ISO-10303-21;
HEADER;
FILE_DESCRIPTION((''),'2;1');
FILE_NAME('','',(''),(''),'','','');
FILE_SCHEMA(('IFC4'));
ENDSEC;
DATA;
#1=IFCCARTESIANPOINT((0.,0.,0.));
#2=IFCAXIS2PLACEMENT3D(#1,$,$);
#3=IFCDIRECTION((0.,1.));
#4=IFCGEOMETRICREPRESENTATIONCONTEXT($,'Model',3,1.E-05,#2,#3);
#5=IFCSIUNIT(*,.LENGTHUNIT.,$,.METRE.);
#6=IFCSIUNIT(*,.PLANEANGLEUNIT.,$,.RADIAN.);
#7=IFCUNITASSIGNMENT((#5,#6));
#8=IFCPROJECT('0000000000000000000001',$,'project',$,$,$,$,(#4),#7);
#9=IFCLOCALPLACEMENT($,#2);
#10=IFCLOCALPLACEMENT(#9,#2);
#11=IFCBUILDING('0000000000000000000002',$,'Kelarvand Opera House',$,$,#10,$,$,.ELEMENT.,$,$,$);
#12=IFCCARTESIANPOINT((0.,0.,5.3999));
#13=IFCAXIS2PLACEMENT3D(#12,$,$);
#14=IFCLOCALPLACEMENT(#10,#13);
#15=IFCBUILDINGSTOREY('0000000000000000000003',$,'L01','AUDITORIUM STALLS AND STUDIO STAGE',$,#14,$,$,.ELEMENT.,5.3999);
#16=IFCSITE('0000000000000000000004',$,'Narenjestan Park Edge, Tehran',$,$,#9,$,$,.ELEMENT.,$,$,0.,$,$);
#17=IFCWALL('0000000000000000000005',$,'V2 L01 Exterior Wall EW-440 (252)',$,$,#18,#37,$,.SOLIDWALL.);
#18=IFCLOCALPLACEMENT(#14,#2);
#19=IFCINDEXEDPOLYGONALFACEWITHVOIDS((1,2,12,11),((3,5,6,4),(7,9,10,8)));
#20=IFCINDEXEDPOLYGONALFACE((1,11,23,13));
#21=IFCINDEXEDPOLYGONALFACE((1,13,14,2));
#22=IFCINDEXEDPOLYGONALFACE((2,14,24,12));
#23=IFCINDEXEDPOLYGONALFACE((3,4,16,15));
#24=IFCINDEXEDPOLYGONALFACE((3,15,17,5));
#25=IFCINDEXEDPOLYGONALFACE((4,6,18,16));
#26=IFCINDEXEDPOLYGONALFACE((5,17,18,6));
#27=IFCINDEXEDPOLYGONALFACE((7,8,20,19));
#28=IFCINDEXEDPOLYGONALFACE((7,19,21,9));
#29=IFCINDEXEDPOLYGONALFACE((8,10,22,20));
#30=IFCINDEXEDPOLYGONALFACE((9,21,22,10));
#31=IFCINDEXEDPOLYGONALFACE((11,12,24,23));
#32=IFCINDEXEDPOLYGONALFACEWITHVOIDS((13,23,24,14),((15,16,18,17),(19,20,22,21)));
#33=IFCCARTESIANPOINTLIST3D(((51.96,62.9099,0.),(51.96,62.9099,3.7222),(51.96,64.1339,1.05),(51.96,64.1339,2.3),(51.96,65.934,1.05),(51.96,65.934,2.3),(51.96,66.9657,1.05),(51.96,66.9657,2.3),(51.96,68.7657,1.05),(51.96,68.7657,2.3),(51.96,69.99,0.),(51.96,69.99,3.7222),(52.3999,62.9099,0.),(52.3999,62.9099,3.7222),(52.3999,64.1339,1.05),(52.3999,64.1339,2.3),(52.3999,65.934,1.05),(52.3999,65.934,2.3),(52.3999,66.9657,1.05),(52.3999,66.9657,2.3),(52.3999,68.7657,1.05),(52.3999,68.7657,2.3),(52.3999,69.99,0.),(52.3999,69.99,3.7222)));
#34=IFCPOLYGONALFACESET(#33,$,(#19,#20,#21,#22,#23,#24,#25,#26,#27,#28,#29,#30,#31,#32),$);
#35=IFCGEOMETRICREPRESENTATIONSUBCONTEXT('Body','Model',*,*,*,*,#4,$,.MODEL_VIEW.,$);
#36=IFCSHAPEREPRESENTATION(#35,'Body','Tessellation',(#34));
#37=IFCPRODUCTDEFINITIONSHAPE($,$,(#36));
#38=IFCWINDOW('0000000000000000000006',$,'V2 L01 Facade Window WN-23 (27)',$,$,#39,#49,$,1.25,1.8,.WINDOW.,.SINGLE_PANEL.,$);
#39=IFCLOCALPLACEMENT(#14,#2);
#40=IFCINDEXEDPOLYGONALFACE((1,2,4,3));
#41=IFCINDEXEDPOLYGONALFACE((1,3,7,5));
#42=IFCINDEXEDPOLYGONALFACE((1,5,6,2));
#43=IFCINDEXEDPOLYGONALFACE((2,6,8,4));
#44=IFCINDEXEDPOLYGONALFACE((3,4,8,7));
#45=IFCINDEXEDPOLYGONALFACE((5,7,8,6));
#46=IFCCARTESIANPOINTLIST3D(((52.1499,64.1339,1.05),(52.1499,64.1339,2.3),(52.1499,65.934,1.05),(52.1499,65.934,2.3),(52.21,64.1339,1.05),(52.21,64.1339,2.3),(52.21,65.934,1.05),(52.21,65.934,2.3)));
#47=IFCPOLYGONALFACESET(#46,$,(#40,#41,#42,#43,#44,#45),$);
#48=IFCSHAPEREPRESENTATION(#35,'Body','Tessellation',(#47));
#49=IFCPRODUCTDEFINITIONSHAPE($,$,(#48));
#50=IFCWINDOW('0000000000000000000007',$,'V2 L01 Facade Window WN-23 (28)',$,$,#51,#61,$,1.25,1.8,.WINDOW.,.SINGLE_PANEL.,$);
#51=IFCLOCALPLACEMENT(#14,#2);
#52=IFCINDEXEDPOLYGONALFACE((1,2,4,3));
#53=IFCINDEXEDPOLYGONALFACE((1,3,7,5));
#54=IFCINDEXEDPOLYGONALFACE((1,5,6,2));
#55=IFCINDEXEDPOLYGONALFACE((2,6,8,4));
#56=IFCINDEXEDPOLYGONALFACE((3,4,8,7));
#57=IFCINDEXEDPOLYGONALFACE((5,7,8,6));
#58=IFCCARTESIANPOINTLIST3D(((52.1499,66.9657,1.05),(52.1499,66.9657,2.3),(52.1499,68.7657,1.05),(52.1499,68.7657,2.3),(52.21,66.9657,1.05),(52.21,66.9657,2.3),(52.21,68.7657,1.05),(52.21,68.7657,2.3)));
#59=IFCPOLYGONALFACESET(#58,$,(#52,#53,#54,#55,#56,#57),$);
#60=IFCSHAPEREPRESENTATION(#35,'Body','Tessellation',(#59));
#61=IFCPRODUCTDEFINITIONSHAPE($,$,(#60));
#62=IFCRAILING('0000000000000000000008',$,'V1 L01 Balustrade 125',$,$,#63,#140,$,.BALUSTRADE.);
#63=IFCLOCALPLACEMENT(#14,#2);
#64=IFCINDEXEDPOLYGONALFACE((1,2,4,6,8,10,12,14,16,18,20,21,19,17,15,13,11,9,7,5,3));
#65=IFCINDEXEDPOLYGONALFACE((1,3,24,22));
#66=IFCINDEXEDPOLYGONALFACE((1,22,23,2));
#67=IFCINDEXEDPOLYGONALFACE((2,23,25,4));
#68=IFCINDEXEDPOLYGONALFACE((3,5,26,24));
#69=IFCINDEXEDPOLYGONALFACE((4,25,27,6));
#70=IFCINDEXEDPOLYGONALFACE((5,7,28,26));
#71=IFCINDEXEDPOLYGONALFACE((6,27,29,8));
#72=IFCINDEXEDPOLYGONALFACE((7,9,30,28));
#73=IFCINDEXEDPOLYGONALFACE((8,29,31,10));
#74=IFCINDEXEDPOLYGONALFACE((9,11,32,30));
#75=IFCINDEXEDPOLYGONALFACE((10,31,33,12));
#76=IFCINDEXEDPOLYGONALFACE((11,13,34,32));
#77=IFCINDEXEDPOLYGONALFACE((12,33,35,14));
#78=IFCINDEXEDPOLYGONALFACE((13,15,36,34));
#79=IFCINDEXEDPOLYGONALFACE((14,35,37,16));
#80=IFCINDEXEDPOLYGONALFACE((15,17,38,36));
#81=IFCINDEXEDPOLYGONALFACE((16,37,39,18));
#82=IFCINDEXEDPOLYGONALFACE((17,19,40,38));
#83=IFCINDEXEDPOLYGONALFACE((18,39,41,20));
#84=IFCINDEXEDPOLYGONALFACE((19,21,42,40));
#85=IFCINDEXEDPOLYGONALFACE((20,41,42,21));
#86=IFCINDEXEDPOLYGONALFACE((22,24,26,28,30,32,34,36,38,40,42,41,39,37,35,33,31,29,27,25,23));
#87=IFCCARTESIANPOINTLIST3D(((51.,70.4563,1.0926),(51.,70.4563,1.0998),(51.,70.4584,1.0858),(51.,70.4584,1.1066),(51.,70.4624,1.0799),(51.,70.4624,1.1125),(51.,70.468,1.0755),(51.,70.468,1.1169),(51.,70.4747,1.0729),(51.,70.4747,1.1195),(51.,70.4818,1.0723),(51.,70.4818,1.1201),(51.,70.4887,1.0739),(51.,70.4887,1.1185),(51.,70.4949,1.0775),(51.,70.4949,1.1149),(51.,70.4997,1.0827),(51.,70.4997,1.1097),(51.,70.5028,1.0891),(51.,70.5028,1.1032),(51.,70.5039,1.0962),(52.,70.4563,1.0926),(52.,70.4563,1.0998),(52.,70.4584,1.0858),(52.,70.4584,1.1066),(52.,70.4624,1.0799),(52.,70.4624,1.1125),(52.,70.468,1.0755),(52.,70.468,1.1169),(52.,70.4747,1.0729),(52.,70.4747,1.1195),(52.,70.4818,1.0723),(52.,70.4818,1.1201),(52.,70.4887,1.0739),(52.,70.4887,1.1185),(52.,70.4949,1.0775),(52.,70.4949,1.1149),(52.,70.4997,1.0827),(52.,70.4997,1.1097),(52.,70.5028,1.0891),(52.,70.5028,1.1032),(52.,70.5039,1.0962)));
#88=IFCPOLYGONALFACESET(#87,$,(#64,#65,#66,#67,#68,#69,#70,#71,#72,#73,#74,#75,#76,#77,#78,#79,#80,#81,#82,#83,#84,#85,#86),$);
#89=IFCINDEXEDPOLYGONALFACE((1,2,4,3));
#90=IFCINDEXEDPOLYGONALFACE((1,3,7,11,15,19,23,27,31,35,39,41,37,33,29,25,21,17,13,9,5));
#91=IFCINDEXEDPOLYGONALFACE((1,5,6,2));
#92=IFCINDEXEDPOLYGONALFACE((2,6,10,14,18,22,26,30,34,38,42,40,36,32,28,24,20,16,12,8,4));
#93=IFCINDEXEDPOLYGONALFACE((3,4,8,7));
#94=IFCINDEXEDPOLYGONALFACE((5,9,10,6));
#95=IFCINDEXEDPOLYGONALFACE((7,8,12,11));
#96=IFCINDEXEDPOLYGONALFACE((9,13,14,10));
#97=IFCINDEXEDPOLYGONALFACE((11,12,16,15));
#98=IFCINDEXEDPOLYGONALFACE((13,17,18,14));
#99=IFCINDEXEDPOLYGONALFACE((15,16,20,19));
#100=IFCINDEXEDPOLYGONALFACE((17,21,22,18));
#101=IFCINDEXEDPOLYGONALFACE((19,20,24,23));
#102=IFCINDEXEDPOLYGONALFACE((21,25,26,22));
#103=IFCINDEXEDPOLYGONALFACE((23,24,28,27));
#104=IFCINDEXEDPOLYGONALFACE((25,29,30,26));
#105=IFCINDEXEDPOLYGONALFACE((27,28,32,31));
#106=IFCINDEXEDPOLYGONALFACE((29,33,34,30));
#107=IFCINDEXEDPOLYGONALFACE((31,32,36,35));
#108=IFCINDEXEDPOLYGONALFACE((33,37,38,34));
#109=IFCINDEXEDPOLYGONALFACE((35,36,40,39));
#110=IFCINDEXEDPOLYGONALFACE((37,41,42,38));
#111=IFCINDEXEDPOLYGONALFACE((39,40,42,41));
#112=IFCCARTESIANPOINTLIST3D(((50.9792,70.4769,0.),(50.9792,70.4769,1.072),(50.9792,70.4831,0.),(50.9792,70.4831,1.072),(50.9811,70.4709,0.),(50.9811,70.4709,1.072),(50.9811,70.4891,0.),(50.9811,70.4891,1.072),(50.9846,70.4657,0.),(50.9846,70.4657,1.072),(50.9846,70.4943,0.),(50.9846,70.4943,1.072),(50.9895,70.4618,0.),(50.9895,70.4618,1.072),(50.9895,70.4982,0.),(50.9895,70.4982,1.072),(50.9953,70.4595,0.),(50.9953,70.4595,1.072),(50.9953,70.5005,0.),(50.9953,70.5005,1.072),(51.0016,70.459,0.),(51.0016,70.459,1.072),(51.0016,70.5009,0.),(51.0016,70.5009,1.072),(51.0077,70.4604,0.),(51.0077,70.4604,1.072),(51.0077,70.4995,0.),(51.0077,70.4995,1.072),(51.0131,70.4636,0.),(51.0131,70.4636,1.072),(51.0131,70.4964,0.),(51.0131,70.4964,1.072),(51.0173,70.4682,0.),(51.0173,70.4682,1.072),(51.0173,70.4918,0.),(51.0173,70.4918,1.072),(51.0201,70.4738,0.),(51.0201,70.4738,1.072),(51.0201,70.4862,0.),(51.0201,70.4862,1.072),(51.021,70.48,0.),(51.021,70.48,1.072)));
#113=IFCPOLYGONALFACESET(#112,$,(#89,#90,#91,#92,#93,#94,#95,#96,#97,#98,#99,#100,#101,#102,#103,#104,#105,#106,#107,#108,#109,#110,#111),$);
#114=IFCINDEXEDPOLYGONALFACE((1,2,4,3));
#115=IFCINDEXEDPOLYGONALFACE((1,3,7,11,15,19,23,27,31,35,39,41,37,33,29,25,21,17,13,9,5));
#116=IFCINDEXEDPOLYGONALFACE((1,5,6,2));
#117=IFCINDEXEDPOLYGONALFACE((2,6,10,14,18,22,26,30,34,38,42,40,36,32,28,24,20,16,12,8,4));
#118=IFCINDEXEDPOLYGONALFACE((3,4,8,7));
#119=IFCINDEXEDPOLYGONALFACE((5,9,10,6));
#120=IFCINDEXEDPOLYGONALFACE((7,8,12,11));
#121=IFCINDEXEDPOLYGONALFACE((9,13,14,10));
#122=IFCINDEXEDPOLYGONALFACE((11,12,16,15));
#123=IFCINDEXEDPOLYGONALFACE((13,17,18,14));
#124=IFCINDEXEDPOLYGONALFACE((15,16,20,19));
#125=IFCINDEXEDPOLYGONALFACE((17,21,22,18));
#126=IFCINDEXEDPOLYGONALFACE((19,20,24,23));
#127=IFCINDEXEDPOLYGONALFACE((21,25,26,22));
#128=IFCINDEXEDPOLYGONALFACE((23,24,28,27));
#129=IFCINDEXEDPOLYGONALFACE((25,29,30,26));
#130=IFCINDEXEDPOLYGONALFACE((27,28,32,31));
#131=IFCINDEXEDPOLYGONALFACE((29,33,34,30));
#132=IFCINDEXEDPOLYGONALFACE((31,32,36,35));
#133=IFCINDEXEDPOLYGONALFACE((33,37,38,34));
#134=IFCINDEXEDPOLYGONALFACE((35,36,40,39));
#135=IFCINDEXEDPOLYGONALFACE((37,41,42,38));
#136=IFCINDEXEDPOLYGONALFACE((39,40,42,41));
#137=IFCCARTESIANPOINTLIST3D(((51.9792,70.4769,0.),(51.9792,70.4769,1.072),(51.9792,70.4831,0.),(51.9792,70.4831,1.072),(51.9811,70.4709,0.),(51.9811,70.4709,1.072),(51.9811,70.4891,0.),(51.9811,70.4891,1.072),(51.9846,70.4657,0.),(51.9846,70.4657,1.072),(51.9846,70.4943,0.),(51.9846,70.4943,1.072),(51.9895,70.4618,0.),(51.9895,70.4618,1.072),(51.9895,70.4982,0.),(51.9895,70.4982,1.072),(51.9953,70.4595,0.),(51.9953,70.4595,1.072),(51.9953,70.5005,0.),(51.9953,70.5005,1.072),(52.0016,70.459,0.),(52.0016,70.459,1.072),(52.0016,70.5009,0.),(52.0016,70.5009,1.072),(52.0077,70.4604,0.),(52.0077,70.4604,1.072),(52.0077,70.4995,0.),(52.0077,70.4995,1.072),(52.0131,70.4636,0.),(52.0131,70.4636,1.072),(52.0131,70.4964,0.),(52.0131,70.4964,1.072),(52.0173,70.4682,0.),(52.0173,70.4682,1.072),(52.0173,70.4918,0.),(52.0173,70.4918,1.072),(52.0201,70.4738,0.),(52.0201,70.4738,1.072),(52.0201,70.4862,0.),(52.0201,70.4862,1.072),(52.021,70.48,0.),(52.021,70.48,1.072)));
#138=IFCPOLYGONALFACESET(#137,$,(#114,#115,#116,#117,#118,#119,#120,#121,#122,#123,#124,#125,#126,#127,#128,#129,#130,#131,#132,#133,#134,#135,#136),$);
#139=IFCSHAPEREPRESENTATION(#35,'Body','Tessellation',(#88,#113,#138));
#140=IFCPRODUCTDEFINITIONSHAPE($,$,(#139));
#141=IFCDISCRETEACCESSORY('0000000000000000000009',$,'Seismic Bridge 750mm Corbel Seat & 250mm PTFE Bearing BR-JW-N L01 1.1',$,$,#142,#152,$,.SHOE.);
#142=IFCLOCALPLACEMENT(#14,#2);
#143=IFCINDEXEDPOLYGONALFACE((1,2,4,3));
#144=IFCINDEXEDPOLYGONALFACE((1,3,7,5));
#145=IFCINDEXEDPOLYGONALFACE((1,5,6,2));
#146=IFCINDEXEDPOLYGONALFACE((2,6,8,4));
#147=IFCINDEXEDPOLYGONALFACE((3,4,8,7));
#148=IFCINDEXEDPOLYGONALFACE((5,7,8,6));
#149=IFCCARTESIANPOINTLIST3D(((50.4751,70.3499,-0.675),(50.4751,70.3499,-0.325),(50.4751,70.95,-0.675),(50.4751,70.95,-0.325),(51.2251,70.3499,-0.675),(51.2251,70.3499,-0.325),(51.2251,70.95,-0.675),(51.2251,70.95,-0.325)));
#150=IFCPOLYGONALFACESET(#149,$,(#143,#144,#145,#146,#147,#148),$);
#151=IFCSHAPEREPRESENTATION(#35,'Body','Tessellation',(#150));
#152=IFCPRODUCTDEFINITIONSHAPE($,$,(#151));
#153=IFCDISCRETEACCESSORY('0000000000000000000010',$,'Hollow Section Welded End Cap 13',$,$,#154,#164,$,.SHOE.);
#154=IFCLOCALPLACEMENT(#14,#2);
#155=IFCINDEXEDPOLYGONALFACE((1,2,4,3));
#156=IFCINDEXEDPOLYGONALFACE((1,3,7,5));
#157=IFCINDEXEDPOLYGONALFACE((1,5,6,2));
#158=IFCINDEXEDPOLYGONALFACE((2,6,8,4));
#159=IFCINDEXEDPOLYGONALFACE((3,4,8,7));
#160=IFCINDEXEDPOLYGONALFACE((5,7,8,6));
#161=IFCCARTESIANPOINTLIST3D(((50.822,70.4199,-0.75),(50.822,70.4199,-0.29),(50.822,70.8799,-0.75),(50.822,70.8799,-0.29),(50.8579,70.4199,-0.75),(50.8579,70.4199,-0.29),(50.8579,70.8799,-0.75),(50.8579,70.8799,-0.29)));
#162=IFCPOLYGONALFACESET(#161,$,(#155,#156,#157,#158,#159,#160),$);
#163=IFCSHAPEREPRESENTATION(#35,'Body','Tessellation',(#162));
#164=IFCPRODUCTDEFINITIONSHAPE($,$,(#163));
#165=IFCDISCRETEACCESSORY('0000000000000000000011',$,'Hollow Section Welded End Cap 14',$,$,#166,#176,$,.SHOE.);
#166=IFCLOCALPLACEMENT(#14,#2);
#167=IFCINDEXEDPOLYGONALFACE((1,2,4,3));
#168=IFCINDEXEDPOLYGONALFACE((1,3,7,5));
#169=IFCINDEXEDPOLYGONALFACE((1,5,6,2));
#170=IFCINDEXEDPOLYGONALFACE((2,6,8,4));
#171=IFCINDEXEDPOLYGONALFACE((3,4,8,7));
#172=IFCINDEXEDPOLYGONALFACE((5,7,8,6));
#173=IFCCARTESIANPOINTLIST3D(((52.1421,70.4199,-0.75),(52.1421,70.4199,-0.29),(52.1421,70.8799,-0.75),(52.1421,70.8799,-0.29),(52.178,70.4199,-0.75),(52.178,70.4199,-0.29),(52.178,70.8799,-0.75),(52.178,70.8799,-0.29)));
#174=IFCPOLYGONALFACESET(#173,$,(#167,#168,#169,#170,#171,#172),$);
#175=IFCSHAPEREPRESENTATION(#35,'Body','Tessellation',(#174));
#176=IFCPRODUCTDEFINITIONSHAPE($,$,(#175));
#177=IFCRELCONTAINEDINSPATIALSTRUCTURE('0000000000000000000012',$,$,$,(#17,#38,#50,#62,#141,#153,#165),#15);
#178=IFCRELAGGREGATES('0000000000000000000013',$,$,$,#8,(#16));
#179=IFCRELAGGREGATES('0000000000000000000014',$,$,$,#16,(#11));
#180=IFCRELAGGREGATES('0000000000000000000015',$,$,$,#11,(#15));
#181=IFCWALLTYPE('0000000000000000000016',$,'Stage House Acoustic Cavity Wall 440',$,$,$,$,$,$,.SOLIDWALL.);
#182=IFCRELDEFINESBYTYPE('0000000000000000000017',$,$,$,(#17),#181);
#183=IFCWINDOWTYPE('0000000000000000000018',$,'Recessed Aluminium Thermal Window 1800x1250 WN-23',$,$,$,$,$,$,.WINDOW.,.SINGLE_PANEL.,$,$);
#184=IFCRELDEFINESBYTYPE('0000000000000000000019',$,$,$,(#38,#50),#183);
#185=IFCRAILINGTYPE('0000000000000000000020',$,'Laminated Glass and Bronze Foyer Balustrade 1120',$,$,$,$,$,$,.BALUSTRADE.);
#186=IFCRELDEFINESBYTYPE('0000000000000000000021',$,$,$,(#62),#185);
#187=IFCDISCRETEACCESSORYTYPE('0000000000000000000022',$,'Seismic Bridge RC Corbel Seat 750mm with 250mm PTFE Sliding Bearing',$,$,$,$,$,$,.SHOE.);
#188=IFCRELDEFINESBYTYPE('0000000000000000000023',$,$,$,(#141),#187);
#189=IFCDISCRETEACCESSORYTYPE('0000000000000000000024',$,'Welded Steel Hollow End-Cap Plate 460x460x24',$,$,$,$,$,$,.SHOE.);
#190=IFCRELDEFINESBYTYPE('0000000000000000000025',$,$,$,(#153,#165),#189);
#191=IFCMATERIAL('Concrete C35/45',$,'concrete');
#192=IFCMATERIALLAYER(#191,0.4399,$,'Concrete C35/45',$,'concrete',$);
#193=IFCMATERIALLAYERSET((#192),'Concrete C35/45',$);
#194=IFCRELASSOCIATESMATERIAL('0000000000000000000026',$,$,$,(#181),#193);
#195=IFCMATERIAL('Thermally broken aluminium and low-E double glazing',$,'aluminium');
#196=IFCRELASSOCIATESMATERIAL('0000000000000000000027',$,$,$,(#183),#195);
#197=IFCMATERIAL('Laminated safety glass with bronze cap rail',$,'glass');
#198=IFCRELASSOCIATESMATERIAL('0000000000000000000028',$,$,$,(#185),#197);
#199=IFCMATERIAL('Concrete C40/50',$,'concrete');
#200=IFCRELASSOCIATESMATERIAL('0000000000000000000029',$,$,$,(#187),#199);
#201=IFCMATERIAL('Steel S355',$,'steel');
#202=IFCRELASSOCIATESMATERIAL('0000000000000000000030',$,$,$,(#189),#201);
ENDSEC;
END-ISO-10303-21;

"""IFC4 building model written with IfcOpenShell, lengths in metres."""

from ifc_helpers import new_model, si_unit, direction, frame, frame_2d, origin, origin_2d, place, context, subcontext, project, spatial, rectangle, circle, extrude, material, layer, layer_set, material_profile, profile_set, type_object, element, fill, save


model = new_model("IFC4")

# Units and contexts
model_context = context("Model", 3, precision=1e-05, world=origin(), true_north=direction((0.0, 1.0)))
body_context = subcontext(model_context, "Body", "Model", "MODEL_VIEW")
ifc_project = project(units=[si_unit("LENGTHUNIT", "METRE"), si_unit("PLANEANGLEUNIT", "RADIAN")], contexts=[model_context])

# Site, building, storey
site_placement = place(None, origin())
site = spatial("IfcSite", under=ifc_project, at=site_placement, Name="Narenjestan Park Edge, Tehran", CompositionType="ELEMENT", RefElevation=0.0)
building_placement = place(site_placement, origin())
building = spatial("IfcBuilding", under=site, at=building_placement, Name="Kelarvand Opera House", CompositionType="ELEMENT")
storey_placement = place(building_placement, frame((0.0, 0.0, 5.3999)))
storey = spatial("IfcBuildingStorey", under=building, at=storey_placement, Name="L01", Description="AUDITORIUM STALLS AND STUDIO STAGE", CompositionType="ELEMENT", Elevation=5.3999)

# Shared definitions
ifc_material_1 = material(Name="Concrete C40/50", Category="concrete")

# Shared definitions
ifc_material_2 = material(Name="Steel S355", Category="steel")

# Shared definitions
ifc_material_3 = material(Name="Concrete C35/45", Category="concrete")

# Wall, openings, windows
ifc_layer_1 = layer(ifc_material_3, 0.4399, Name="Concrete C35/45", Category="concrete")
ifc_layer_set_1 = layer_set([ifc_layer_1], Name="Concrete C35/45")
wall_type_1 = type_object("IfcWallType", Name="Stage House Acoustic Cavity Wall 440", PredefinedType="SOLIDWALL", material=ifc_layer_set_1)
wall_1_placement = place(storey_placement, frame((52.1799, 62.9099, 0.0), z_axis=(0.0, 0.0, 1.0), x_axis=(0.0, 1.0, 0.0)))
wall_1 = element("IfcWall", 1, at=wall_1_placement, inside=storey, type_object=wall_type_1, Name="V2 L01 Exterior Wall EW-440 (252)", PredefinedType="SOLIDWALL", context=body_context, shape_type="SweptSolid", body=[
    extrude(rectangle(XDim=7.0801, YDim=0.4399, at=frame_2d((3.54, 0.0))), origin(), (0.0, 0.0, 1.0), 3.7222),
])
opening_1_placement = place(wall_1_placement, frame((1.2241, 0.0, 1.05)))
opening_1 = element("IfcOpeningElement", 2, at=opening_1_placement, cuts=wall_1, PredefinedType="OPENING", context=body_context, shape_type="SweptSolid", body=[
    extrude(rectangle(XDim=1.8, YDim=1.25, at=frame_2d((0.8999, 0.625))), frame((0.0, 0.23, 0.0), z_axis=(0.0, -1.0, 0.0), x_axis=(1.0, 0.0, 0.0)), (0.0, 0.0, 1.0), 0.46),
])
opening_2_placement = place(wall_1_placement, frame((4.0559, 0.0, 1.05)))
opening_2 = element("IfcOpeningElement", 3, at=opening_2_placement, cuts=wall_1, PredefinedType="OPENING", context=body_context, shape_type="SweptSolid", body=[
    extrude(rectangle(XDim=1.8, YDim=1.25, at=frame_2d((0.8999, 0.625))), frame((0.0, 0.23, 0.0), z_axis=(0.0, -1.0, 0.0), x_axis=(1.0, 0.0, 0.0)), (0.0, 0.0, 1.0), 0.46),
])
ifc_material_4 = material(Name="Thermally broken aluminium and low-E double glazing", Category="aluminium")
window_type = type_object("IfcWindowType", Name="Recessed Aluminium Thermal Window 1800x1250 WN-23", PartitioningType="SINGLE_PANEL", PredefinedType="WINDOW", material=ifc_material_4)
window_1_placement = place(opening_1_placement, origin())
window_1 = element("IfcWindow", 4, at=window_1_placement, inside=storey, type_object=window_type, Name="V2 L01 Facade Window WN-23 (27)", OverallHeight=1.25, OverallWidth=1.8, PartitioningType="SINGLE_PANEL", PredefinedType="WINDOW", context=body_context, shape_type="SweptSolid", body=[
    extrude(rectangle(XDim=1.8, YDim=1.25, at=frame_2d((0.8999, 0.625))), frame((0.0, 0.03, 0.0), z_axis=(0.0, -1.0, 0.0), x_axis=(1.0, 0.0, 0.0)), (0.0, 0.0, 1.0), 0.0601),
])
fill(opening_1, window_1)
window_2_placement = place(opening_2_placement, origin())
window_2 = element("IfcWindow", 5, at=window_2_placement, inside=storey, type_object=window_type, Name="V2 L01 Facade Window WN-23 (28)", OverallHeight=1.25, OverallWidth=1.8, PartitioningType="SINGLE_PANEL", PredefinedType="WINDOW", context=body_context, shape_type="SweptSolid", body=[
    extrude(rectangle(XDim=1.8, YDim=1.25, at=frame_2d((0.8999, 0.625))), frame((0.0, 0.03, 0.0), z_axis=(0.0, -1.0, 0.0), x_axis=(1.0, 0.0, 0.0)), (0.0, 0.0, 1.0), 0.0601),
])
fill(opening_2, window_2)

# Railing
ifc_material_5 = material(Name="Laminated safety glass with bronze cap rail", Category="glass")
railing_type = type_object("IfcRailingType", Name="Laminated Glass and Bronze Foyer Balustrade 1120", PredefinedType="BALUSTRADE", material=ifc_material_5)
railing_placement = place(storey_placement, frame((51.0, 70.48, 0.0)))
element("IfcRailing", 6, at=railing_placement, inside=storey, type_object=railing_type, Name="V1 L01 Balustrade 125", PredefinedType="BALUSTRADE", context=body_context, shape_type="SweptSolid", body=[
    extrude(circle(Radius=0.0239, at=origin_2d()), frame((0.0, 0.0, 1.0962), z_axis=(1.0, 0.0, 0.0), x_axis=(0.0, 1.0, 0.0)), (0.0, 0.0, 1.0), 1.0),
    extrude(circle(Radius=0.021, at=origin_2d()), origin(), (0.0, 0.0, 1.0), 1.072),
    extrude(circle(Radius=0.021, at=origin_2d()), frame((1.0, 0.0, 0.0)), (0.0, 0.0, 1.0), 1.072),
])

# Discrete accessories
discrete_accessory_type_1 = type_object("IfcDiscreteAccessoryType", Name="Seismic Bridge RC Corbel Seat 750mm with 250mm PTFE Sliding Bearing", PredefinedType="SHOE", material=ifc_material_1)
discrete_accessory_placement = place(storey_placement, frame((50.8501, 70.6499, -0.675), z_axis=(0.0, 0.0, 1.0), x_axis=(1.0, 0.0, 0.0)))
element("IfcDiscreteAccessory", 7, at=discrete_accessory_placement, inside=storey, type_object=discrete_accessory_type_1, Name="Seismic Bridge 750mm Corbel Seat & 250mm PTFE Bearing BR-JW-N L01 1.1", PredefinedType="SHOE", context=body_context, shape_type="SweptSolid", body=[
    extrude(rectangle(XDim=0.75, YDim=0.6001, at=origin_2d()), origin(), (0.0, 0.0, 1.0), 0.3501),
])
ifc_material_profile_1 = material_profile(ifc_material_2, rectangle(XDim=0.46, YDim=0.46, at=origin_2d()), Name="Welded Steel Hollow End-Cap Plate 460x460x24", Category="steel")
ifc_profile_set_1 = profile_set([ifc_material_profile_1], Name="Steel S355")
discrete_accessory_type_2 = type_object("IfcDiscreteAccessoryType", Name="Welded Steel Hollow End-Cap Plate 460x460x24", PredefinedType="SHOE", material=ifc_profile_set_1)
for number, where, z_axis, x_axis, name in (
    (8, (50.8579, 70.6499, -0.52), (-1.0, 0.0, 0.0), (0.0, -1.0, 0.0), "Hollow Section Welded End Cap 13"),
    (9, (52.1421, 70.6499, -0.52), (1.0, 0.0, 0.0), (0.0, 1.0, 0.0), "Hollow Section Welded End Cap 14"),
):
    element("IfcDiscreteAccessory", number, at=place(storey_placement, frame(where, z_axis=z_axis, x_axis=x_axis)), inside=storey, type_object=discrete_accessory_type_2, Name=name, PredefinedType="SHOE", context=body_context, shape_type="SweptSolid", body=[
        extrude(rectangle(XDim=0.46, YDim=0.46, at=origin_2d()), origin(), (0.0, 0.0, 1.0), 0.0359),
    ])

save(model, "model.ifc")
